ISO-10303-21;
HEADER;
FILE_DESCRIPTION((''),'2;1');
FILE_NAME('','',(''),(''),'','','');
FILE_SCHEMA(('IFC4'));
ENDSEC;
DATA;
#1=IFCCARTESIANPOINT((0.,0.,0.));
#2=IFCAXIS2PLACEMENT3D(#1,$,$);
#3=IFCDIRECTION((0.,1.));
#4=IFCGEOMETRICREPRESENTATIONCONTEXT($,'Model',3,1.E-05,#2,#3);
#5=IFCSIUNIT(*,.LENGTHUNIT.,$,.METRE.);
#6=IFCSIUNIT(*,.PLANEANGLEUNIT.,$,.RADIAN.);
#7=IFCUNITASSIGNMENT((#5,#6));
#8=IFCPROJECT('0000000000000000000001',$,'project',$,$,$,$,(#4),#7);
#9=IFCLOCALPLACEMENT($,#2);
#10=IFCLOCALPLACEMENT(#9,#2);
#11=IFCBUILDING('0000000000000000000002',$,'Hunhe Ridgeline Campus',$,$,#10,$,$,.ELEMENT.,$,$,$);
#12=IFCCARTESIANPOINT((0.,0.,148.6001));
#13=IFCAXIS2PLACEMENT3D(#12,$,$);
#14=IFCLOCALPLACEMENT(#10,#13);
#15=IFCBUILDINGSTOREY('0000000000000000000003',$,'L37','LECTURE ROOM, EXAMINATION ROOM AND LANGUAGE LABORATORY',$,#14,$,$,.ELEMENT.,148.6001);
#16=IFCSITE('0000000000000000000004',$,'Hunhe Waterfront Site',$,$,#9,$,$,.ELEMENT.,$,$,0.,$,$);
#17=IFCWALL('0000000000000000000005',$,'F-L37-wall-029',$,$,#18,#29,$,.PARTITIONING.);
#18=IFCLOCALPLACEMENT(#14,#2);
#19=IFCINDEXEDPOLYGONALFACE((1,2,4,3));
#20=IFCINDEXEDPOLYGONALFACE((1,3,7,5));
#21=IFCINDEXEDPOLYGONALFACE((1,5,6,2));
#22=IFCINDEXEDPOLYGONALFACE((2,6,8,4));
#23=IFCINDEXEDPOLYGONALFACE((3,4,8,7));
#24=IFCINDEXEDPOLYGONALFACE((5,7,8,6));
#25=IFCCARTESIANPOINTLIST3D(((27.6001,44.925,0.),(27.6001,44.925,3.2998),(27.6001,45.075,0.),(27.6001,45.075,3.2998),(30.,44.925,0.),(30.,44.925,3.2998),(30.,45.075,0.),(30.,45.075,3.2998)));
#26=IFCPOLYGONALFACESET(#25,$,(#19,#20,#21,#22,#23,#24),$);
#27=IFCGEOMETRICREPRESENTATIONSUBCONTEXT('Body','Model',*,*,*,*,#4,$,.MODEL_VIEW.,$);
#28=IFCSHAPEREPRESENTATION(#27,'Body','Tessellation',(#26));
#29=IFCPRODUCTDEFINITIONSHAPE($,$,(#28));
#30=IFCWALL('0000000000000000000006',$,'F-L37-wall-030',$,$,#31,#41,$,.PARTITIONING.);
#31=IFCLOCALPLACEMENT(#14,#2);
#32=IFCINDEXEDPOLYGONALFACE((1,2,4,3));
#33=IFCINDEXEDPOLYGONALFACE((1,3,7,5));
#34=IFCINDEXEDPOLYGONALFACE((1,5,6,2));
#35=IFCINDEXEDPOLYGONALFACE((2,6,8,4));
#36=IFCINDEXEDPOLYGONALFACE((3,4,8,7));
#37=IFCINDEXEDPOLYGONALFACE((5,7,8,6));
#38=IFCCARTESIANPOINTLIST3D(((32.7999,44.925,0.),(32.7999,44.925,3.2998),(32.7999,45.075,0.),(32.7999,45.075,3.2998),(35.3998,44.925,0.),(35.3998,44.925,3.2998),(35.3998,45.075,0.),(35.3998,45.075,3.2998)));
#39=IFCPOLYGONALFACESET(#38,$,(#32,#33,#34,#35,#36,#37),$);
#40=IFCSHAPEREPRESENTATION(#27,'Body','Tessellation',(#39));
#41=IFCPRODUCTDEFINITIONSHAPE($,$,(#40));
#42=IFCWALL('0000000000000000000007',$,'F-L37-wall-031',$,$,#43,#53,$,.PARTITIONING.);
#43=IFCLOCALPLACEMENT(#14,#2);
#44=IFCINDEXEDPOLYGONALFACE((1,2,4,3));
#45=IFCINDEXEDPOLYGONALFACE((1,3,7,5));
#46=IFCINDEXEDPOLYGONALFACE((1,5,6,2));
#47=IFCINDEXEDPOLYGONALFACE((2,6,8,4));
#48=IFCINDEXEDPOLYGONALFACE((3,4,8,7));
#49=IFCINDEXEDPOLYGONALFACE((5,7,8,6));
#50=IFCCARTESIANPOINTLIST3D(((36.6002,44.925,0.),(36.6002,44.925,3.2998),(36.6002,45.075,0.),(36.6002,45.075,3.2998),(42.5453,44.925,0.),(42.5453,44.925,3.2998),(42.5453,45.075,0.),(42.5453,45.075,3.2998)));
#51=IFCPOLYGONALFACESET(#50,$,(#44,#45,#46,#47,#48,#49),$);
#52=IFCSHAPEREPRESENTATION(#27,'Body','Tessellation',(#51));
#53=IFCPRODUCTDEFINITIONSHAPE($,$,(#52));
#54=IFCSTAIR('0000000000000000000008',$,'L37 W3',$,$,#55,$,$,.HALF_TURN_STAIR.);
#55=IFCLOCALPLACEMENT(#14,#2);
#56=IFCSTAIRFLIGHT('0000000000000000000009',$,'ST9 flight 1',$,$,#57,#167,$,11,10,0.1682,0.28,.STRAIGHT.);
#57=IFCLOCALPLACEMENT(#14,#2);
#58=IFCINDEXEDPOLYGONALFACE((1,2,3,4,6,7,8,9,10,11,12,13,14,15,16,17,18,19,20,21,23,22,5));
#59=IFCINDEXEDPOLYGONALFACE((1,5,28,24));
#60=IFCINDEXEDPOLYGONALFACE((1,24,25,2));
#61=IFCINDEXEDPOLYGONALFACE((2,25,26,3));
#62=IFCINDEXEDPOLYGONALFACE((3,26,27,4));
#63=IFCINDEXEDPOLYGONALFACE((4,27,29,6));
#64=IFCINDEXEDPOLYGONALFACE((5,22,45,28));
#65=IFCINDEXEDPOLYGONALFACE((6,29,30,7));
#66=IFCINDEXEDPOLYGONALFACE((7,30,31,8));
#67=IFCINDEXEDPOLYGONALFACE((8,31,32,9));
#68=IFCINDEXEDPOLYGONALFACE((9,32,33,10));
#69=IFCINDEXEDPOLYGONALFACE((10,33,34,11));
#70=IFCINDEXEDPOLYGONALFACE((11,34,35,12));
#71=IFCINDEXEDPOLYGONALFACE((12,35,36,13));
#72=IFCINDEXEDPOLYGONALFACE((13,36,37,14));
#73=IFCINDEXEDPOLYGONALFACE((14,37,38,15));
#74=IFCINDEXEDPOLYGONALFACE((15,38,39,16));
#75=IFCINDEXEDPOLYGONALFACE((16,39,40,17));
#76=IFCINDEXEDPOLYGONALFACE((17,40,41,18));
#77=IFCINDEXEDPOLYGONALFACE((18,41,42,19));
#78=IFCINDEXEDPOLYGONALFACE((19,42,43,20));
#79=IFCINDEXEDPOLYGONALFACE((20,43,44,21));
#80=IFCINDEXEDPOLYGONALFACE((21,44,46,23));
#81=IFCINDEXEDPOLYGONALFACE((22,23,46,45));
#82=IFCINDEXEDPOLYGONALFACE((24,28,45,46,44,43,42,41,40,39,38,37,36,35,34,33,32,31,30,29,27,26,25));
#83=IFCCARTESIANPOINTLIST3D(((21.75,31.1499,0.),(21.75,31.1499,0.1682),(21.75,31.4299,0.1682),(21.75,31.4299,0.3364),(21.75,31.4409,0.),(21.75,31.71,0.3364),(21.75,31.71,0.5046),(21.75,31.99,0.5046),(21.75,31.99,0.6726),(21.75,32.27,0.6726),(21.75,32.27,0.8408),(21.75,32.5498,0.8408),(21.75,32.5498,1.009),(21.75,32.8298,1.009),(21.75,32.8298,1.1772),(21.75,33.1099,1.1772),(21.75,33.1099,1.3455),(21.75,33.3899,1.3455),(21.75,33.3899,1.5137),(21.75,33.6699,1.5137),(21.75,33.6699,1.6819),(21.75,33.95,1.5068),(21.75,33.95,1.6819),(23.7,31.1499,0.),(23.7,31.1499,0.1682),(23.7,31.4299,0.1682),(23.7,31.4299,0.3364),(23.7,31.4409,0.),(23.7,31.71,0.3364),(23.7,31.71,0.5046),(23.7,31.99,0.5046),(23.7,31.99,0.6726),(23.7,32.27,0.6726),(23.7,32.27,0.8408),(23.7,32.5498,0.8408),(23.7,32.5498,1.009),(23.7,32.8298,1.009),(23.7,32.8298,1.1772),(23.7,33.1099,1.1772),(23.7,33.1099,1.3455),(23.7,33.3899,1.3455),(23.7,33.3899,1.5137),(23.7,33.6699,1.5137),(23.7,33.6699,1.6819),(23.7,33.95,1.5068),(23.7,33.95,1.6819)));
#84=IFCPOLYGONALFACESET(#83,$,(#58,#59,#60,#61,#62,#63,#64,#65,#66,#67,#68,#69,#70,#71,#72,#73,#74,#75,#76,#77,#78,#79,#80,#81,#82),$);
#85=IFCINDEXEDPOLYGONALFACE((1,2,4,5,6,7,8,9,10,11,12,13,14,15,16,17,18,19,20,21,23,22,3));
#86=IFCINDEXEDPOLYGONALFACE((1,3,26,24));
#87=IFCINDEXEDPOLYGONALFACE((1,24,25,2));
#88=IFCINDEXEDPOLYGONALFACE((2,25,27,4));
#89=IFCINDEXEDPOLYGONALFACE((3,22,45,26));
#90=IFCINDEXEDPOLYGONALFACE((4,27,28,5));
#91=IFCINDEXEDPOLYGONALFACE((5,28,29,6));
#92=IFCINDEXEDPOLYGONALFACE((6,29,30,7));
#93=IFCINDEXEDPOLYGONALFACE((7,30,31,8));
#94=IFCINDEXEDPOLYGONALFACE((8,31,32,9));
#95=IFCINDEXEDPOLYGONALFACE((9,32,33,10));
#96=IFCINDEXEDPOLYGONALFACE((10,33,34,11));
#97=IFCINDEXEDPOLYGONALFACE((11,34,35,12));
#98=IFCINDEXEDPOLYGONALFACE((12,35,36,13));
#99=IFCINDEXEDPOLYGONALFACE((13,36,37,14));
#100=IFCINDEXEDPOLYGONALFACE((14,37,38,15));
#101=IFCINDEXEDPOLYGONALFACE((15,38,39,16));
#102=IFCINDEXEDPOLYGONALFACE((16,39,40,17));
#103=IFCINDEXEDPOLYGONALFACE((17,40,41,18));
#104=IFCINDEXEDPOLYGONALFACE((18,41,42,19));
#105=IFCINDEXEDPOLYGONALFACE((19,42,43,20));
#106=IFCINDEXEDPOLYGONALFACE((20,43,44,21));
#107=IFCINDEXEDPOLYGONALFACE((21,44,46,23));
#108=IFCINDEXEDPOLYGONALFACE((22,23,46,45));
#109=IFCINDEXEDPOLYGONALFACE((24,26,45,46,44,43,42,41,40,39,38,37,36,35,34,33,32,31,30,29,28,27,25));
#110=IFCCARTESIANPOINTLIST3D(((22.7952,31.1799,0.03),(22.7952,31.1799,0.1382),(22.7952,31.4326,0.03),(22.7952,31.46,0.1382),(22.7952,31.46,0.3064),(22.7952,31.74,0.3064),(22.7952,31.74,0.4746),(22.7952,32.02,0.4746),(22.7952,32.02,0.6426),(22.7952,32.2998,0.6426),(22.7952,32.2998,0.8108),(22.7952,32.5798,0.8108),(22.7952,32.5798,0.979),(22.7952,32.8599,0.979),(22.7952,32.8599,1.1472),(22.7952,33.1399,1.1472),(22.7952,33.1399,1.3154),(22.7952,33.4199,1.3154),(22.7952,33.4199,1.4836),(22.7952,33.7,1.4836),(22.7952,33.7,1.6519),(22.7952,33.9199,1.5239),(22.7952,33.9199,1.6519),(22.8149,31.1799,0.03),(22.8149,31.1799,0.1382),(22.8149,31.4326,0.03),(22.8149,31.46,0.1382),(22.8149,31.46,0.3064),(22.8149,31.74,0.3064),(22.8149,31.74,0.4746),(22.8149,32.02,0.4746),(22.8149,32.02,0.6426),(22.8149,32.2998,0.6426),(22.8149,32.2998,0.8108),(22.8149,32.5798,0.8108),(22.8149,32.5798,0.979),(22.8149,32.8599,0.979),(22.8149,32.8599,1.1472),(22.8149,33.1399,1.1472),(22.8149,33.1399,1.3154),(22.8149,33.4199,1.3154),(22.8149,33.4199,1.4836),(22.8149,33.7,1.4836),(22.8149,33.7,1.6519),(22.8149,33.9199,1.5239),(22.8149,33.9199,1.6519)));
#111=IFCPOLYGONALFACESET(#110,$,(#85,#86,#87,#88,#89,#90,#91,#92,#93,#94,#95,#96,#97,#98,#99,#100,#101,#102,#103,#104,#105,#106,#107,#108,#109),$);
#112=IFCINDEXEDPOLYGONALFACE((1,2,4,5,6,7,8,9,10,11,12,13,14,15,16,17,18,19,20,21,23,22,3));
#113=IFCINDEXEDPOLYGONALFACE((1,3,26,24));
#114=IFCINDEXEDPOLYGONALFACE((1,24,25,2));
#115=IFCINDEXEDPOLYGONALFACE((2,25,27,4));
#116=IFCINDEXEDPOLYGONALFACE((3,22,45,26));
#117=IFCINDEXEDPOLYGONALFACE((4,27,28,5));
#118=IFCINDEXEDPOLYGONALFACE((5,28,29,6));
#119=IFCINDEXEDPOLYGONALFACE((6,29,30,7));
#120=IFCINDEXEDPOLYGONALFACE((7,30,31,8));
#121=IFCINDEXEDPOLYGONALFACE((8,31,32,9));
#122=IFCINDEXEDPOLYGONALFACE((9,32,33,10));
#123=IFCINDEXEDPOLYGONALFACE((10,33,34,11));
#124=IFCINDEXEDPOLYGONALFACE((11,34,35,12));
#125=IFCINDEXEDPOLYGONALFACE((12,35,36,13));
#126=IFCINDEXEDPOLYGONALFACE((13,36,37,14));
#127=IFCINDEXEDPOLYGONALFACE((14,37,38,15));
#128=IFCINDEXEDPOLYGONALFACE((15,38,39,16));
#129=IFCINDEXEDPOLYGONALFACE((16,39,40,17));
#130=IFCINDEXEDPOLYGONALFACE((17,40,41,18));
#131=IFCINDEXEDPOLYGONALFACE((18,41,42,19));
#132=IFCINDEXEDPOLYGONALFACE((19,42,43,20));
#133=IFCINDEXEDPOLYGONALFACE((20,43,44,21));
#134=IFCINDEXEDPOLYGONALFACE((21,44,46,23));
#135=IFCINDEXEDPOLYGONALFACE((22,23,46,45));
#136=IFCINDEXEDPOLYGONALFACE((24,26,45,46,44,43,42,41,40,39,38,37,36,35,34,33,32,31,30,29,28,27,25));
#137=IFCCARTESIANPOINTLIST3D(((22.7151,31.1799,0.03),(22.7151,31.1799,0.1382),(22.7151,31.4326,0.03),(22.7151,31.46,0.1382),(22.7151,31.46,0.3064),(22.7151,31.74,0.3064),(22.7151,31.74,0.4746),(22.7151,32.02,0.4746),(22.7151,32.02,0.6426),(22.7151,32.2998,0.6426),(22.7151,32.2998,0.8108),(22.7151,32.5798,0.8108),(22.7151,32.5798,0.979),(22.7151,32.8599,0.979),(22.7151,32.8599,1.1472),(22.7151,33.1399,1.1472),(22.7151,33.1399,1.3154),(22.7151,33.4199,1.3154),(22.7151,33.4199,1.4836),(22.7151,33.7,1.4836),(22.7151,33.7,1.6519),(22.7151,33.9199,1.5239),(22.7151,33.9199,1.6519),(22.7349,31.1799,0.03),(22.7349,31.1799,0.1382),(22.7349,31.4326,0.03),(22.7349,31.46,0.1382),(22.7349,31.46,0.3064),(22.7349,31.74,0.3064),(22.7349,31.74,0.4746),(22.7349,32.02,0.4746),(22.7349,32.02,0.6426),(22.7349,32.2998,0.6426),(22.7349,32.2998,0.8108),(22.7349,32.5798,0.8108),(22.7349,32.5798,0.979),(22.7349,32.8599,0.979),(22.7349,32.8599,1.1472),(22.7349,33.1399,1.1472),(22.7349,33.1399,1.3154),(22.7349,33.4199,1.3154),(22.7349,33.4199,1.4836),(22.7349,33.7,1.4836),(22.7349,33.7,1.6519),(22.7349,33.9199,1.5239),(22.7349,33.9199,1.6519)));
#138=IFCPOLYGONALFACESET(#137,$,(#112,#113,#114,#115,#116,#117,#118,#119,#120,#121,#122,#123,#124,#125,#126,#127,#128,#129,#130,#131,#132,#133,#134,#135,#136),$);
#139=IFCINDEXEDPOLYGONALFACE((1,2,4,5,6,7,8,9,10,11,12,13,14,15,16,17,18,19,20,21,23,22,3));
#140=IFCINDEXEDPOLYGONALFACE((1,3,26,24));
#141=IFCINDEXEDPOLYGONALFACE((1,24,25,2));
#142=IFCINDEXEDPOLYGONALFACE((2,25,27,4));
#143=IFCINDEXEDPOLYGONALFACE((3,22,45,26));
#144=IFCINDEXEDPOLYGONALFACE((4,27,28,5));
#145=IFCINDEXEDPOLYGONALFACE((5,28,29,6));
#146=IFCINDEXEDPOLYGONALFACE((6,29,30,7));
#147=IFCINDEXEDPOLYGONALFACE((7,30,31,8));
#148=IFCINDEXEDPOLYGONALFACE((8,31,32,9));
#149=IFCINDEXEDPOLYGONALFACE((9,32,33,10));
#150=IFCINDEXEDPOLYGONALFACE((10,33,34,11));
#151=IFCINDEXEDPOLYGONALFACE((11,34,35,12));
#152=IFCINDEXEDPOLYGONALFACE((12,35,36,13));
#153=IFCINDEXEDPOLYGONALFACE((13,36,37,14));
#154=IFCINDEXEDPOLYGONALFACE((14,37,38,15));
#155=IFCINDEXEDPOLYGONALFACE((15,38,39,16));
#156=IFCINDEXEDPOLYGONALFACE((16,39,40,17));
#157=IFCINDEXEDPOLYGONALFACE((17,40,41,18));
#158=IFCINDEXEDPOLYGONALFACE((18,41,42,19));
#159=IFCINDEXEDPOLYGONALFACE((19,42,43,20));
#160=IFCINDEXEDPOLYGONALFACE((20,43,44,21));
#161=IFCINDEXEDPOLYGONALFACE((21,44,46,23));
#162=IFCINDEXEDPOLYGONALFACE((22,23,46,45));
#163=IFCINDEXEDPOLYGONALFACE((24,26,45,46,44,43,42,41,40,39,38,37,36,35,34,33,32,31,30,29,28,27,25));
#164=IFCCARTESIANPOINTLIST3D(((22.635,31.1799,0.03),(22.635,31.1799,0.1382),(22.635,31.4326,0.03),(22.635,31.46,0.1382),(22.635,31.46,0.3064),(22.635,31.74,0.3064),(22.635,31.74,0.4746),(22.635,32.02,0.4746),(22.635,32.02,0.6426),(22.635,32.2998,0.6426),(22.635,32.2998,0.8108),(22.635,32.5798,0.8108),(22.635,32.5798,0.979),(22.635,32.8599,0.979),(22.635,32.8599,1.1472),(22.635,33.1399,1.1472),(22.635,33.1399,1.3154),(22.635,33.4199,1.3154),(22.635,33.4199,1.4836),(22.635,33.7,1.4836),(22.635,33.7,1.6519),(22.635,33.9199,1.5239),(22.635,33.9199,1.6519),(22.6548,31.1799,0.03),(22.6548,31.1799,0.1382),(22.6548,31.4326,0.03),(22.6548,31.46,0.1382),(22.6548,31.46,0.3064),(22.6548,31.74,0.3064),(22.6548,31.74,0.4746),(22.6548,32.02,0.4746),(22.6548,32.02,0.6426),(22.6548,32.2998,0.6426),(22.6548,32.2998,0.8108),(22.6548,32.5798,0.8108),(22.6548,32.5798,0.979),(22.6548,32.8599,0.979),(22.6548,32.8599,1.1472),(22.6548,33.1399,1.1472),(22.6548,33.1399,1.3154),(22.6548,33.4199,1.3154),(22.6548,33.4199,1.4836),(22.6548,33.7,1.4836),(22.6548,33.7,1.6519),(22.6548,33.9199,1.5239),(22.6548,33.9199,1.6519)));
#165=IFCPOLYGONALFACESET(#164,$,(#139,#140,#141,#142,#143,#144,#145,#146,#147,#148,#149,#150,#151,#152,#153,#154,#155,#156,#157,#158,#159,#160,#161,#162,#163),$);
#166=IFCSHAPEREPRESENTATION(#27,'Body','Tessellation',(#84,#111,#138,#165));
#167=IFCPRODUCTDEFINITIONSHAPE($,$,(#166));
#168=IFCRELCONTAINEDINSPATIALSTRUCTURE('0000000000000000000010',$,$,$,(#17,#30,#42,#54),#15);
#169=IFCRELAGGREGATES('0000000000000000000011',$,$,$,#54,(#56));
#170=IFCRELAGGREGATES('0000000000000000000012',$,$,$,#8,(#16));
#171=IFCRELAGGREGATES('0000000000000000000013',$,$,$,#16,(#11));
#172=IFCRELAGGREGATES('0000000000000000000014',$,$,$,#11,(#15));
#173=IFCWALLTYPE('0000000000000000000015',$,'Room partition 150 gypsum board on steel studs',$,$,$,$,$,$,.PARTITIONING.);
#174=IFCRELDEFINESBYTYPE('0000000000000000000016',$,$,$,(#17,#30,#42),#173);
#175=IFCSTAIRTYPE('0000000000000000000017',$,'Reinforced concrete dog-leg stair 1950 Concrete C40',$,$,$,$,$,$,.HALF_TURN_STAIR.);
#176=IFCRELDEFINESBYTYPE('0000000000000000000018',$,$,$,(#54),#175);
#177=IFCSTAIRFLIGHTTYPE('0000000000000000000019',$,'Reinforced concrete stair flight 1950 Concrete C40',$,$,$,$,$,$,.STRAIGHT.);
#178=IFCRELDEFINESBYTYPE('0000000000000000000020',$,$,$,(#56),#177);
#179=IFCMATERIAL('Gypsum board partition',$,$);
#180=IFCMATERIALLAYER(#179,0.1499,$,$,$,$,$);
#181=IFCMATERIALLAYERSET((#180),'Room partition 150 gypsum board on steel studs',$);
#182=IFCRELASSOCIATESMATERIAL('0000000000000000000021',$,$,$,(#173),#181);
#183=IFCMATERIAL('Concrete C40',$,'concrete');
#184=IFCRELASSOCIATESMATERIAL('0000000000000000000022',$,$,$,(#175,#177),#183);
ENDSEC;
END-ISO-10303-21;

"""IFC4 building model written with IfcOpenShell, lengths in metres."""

from ifc_helpers import new_model, si_unit, direction, frame, frame_2d, origin, place, context, subcontext, project, spatial, polyline, rectangle, outline, extrude, material, layer, layer_set, type_object, element, aggregate, save


model = new_model("IFC4")

# Units and contexts
model_context = context("Model", 3, precision=1e-05, world=origin(), true_north=direction((0.0, 1.0)))
body_context = subcontext(model_context, "Body", "Model", "MODEL_VIEW")
ifc_project = project(units=[si_unit("LENGTHUNIT", "METRE"), si_unit("PLANEANGLEUNIT", "RADIAN")], contexts=[model_context])

# Site, building, storey
site_placement = place(None, origin())
site = spatial("IfcSite", under=ifc_project, at=site_placement, Name="Hunhe Waterfront Site", CompositionType="ELEMENT", RefElevation=0.0)
building_placement = place(site_placement, origin())
building = spatial("IfcBuilding", under=site, at=building_placement, Name="Hunhe Ridgeline Campus", CompositionType="ELEMENT")
storey_placement = place(building_placement, frame((0.0, 0.0, 148.6001)))
storey = spatial("IfcBuildingStorey", under=building, at=storey_placement, Name="L37", Description="LECTURE ROOM, EXAMINATION ROOM AND LANGUAGE LABORATORY", CompositionType="ELEMENT", Elevation=148.6001)

# Walls
ifc_material_1 = material(Name="Gypsum board partition")
ifc_layer_1 = layer(ifc_material_1, 0.1499)
ifc_layer_set_1 = layer_set([ifc_layer_1], Name="Room partition 150 gypsum board on steel studs")
wall_type_1 = type_object("IfcWallType", Name="Room partition 150 gypsum board on steel studs", PredefinedType="PARTITIONING", material=ifc_layer_set_1)
wall_1_placement = place(storey_placement, frame((27.6001, 45.0, 0.0), z_axis=(0.0, 0.0, 1.0), x_axis=(1.0, 0.0, 0.0)))
element("IfcWall", 1, at=wall_1_placement, inside=storey, type_object=wall_type_1, Name="F-L37-wall-029", PredefinedType="PARTITIONING", context=body_context, shape_type="SweptSolid", body=[
    extrude(rectangle(XDim=2.3999, YDim=0.1499, at=frame_2d((1.2, 0.0))), origin(), (0.0, 0.0, 1.0), 3.2998),
])
wall_2_placement = place(storey_placement, frame((32.8, 45.0, 0.0), z_axis=(0.0, 0.0, 1.0), x_axis=(1.0, 0.0, 0.0)))
element("IfcWall", 2, at=wall_2_placement, inside=storey, type_object=wall_type_1, Name="F-L37-wall-030", PredefinedType="PARTITIONING", context=body_context, shape_type="SweptSolid", body=[
    extrude(rectangle(XDim=2.5999, YDim=0.1499, at=frame_2d((1.2998, 0.0))), origin(), (0.0, 0.0, 1.0), 3.2998),
])
wall_3_placement = place(storey_placement, frame((36.6001, 45.0, 0.0), z_axis=(0.0, 0.0, 1.0), x_axis=(1.0, 0.0, 0.0)))
element("IfcWall", 3, at=wall_3_placement, inside=storey, type_object=wall_type_1, Name="F-L37-wall-031", PredefinedType="PARTITIONING", context=body_context, shape_type="SweptSolid", body=[
    extrude(rectangle(XDim=5.9451, YDim=0.1499, at=frame_2d((2.9727, 0.0))), origin(), (0.0, 0.0, 1.0), 3.2998),
])

# Stair, stair flight
ifc_material_2 = material(Name="Concrete C40", Category="concrete")
stair_type = type_object("IfcStairType", Name="Reinforced concrete dog-leg stair 1950 Concrete C40", PredefinedType="HALF_TURN_STAIR", material=ifc_material_2)
stair_placement = place(storey_placement, origin())
stair = element("IfcStair", 4, at=stair_placement, inside=storey, type_object=stair_type, Name="L37 W3", PredefinedType="HALF_TURN_STAIR")
stair_flight_type = type_object("IfcStairFlightType", Name="Reinforced concrete stair flight 1950 Concrete C40", PredefinedType="STRAIGHT", material=ifc_material_2)
stair_flight_1_placement = place(storey_placement, frame((22.7251, 31.1499, 0.0), z_axis=(0.0, 0.0, 1.0), x_axis=(0.0, 1.0, 0.0)))
stair_flight_1 = element("IfcStairFlight", 5, at=stair_flight_1_placement, type_object=stair_flight_type, Name="ST9 flight 1", NumberOfRisers=11, NumberOfTreads=10, PredefinedType="STRAIGHT", RiserHeight=0.1682, TreadLength=0.28, context=body_context, shape_type="SweptSolid", body=[
    extrude(outline(polyline([(0.0, 0.0), (0.0, 0.1682), (0.28, 0.1682), (0.28, 0.3364), (0.5601, 0.3364), (0.5601, 0.5046), (0.8401, 0.5046), (0.8401, 0.6726), (1.1201, 0.6726), (1.1201, 0.8408), (1.3999, 0.8408), (1.3999, 1.009), (1.6799, 1.009), (1.6799, 1.1772), (1.96, 1.1772), (1.96, 1.3455), (2.24, 1.3455), (2.24, 1.5137), (2.52, 1.5137), (2.52, 1.6819), (2.8, 1.6819), (2.8, 1.8501), (2.8, 1.5068), (0.291, 0.0), (0.0, 0.0)])), frame((0.0, 0.9751, 0.0), z_axis=(0.0, -1.0, 0.0), x_axis=(1.0, 0.0, 0.0)), (0.0, 0.0, 1.0), 1.95),
    extrude(outline(polyline([(0.03, 0.03), (0.03, 0.1382), (0.3101, 0.1382), (0.3101, 0.3064), (0.5901, 0.3064), (0.5901, 0.4746), (0.8701, 0.4746), (0.8701, 0.6426), (1.1499, 0.6426), (1.1499, 0.8108), (1.4299, 0.8108), (1.4299, 0.979), (1.71, 0.979), (1.71, 1.1472), (1.99, 1.1472), (1.99, 1.3154), (2.27, 1.3154), (2.27, 1.4836), (2.55, 1.4836), (2.55, 1.6519), (2.77, 1.6519), (2.77, 1.5239), (0.2827, 0.03), (0.03, 0.03)])), frame((0.0, -0.0701, 0.0), z_axis=(0.0, -1.0, 0.0), x_axis=(1.0, 0.0, 0.0)), (0.0, 0.0, 1.0), 0.0198),
    extrude(outline(polyline([(0.03, 0.03), (0.03, 0.1382), (0.3101, 0.1382), (0.3101, 0.3064), (0.5901, 0.3064), (0.5901, 0.4746), (0.8701, 0.4746), (0.8701, 0.6426), (1.1499, 0.6426), (1.1499, 0.8108), (1.4299, 0.8108), (1.4299, 0.979), (1.71, 0.979), (1.71, 1.1472), (1.99, 1.1472), (1.99, 1.3154), (2.27, 1.3154), (2.27, 1.4836), (2.55, 1.4836), (2.55, 1.6519), (2.77, 1.6519), (2.77, 1.5239), (0.2827, 0.03), (0.03, 0.03)])), frame((0.0, 0.01, 0.0), z_axis=(0.0, -1.0, 0.0), x_axis=(1.0, 0.0, 0.0)), (0.0, 0.0, 1.0), 0.0198),
    extrude(outline(polyline([(0.03, 0.03), (0.03, 0.1382), (0.3101, 0.1382), (0.3101, 0.3064), (0.5901, 0.3064), (0.5901, 0.4746), (0.8701, 0.4746), (0.8701, 0.6426), (1.1499, 0.6426), (1.1499, 0.8108), (1.4299, 0.8108), (1.4299, 0.979), (1.71, 0.979), (1.71, 1.1472), (1.99, 1.1472), (1.99, 1.3154), (2.27, 1.3154), (2.27, 1.4836), (2.55, 1.4836), (2.55, 1.6519), (2.77, 1.6519), (2.77, 1.5239), (0.2827, 0.03), (0.03, 0.03)])), frame((0.0, 0.0901, 0.0), z_axis=(0.0, -1.0, 0.0), x_axis=(1.0, 0.0, 0.0)), (0.0, 0.0, 1.0), 0.0198),
])
aggregate(stair, [stair_flight_1])

save(model, "model.ifc")
